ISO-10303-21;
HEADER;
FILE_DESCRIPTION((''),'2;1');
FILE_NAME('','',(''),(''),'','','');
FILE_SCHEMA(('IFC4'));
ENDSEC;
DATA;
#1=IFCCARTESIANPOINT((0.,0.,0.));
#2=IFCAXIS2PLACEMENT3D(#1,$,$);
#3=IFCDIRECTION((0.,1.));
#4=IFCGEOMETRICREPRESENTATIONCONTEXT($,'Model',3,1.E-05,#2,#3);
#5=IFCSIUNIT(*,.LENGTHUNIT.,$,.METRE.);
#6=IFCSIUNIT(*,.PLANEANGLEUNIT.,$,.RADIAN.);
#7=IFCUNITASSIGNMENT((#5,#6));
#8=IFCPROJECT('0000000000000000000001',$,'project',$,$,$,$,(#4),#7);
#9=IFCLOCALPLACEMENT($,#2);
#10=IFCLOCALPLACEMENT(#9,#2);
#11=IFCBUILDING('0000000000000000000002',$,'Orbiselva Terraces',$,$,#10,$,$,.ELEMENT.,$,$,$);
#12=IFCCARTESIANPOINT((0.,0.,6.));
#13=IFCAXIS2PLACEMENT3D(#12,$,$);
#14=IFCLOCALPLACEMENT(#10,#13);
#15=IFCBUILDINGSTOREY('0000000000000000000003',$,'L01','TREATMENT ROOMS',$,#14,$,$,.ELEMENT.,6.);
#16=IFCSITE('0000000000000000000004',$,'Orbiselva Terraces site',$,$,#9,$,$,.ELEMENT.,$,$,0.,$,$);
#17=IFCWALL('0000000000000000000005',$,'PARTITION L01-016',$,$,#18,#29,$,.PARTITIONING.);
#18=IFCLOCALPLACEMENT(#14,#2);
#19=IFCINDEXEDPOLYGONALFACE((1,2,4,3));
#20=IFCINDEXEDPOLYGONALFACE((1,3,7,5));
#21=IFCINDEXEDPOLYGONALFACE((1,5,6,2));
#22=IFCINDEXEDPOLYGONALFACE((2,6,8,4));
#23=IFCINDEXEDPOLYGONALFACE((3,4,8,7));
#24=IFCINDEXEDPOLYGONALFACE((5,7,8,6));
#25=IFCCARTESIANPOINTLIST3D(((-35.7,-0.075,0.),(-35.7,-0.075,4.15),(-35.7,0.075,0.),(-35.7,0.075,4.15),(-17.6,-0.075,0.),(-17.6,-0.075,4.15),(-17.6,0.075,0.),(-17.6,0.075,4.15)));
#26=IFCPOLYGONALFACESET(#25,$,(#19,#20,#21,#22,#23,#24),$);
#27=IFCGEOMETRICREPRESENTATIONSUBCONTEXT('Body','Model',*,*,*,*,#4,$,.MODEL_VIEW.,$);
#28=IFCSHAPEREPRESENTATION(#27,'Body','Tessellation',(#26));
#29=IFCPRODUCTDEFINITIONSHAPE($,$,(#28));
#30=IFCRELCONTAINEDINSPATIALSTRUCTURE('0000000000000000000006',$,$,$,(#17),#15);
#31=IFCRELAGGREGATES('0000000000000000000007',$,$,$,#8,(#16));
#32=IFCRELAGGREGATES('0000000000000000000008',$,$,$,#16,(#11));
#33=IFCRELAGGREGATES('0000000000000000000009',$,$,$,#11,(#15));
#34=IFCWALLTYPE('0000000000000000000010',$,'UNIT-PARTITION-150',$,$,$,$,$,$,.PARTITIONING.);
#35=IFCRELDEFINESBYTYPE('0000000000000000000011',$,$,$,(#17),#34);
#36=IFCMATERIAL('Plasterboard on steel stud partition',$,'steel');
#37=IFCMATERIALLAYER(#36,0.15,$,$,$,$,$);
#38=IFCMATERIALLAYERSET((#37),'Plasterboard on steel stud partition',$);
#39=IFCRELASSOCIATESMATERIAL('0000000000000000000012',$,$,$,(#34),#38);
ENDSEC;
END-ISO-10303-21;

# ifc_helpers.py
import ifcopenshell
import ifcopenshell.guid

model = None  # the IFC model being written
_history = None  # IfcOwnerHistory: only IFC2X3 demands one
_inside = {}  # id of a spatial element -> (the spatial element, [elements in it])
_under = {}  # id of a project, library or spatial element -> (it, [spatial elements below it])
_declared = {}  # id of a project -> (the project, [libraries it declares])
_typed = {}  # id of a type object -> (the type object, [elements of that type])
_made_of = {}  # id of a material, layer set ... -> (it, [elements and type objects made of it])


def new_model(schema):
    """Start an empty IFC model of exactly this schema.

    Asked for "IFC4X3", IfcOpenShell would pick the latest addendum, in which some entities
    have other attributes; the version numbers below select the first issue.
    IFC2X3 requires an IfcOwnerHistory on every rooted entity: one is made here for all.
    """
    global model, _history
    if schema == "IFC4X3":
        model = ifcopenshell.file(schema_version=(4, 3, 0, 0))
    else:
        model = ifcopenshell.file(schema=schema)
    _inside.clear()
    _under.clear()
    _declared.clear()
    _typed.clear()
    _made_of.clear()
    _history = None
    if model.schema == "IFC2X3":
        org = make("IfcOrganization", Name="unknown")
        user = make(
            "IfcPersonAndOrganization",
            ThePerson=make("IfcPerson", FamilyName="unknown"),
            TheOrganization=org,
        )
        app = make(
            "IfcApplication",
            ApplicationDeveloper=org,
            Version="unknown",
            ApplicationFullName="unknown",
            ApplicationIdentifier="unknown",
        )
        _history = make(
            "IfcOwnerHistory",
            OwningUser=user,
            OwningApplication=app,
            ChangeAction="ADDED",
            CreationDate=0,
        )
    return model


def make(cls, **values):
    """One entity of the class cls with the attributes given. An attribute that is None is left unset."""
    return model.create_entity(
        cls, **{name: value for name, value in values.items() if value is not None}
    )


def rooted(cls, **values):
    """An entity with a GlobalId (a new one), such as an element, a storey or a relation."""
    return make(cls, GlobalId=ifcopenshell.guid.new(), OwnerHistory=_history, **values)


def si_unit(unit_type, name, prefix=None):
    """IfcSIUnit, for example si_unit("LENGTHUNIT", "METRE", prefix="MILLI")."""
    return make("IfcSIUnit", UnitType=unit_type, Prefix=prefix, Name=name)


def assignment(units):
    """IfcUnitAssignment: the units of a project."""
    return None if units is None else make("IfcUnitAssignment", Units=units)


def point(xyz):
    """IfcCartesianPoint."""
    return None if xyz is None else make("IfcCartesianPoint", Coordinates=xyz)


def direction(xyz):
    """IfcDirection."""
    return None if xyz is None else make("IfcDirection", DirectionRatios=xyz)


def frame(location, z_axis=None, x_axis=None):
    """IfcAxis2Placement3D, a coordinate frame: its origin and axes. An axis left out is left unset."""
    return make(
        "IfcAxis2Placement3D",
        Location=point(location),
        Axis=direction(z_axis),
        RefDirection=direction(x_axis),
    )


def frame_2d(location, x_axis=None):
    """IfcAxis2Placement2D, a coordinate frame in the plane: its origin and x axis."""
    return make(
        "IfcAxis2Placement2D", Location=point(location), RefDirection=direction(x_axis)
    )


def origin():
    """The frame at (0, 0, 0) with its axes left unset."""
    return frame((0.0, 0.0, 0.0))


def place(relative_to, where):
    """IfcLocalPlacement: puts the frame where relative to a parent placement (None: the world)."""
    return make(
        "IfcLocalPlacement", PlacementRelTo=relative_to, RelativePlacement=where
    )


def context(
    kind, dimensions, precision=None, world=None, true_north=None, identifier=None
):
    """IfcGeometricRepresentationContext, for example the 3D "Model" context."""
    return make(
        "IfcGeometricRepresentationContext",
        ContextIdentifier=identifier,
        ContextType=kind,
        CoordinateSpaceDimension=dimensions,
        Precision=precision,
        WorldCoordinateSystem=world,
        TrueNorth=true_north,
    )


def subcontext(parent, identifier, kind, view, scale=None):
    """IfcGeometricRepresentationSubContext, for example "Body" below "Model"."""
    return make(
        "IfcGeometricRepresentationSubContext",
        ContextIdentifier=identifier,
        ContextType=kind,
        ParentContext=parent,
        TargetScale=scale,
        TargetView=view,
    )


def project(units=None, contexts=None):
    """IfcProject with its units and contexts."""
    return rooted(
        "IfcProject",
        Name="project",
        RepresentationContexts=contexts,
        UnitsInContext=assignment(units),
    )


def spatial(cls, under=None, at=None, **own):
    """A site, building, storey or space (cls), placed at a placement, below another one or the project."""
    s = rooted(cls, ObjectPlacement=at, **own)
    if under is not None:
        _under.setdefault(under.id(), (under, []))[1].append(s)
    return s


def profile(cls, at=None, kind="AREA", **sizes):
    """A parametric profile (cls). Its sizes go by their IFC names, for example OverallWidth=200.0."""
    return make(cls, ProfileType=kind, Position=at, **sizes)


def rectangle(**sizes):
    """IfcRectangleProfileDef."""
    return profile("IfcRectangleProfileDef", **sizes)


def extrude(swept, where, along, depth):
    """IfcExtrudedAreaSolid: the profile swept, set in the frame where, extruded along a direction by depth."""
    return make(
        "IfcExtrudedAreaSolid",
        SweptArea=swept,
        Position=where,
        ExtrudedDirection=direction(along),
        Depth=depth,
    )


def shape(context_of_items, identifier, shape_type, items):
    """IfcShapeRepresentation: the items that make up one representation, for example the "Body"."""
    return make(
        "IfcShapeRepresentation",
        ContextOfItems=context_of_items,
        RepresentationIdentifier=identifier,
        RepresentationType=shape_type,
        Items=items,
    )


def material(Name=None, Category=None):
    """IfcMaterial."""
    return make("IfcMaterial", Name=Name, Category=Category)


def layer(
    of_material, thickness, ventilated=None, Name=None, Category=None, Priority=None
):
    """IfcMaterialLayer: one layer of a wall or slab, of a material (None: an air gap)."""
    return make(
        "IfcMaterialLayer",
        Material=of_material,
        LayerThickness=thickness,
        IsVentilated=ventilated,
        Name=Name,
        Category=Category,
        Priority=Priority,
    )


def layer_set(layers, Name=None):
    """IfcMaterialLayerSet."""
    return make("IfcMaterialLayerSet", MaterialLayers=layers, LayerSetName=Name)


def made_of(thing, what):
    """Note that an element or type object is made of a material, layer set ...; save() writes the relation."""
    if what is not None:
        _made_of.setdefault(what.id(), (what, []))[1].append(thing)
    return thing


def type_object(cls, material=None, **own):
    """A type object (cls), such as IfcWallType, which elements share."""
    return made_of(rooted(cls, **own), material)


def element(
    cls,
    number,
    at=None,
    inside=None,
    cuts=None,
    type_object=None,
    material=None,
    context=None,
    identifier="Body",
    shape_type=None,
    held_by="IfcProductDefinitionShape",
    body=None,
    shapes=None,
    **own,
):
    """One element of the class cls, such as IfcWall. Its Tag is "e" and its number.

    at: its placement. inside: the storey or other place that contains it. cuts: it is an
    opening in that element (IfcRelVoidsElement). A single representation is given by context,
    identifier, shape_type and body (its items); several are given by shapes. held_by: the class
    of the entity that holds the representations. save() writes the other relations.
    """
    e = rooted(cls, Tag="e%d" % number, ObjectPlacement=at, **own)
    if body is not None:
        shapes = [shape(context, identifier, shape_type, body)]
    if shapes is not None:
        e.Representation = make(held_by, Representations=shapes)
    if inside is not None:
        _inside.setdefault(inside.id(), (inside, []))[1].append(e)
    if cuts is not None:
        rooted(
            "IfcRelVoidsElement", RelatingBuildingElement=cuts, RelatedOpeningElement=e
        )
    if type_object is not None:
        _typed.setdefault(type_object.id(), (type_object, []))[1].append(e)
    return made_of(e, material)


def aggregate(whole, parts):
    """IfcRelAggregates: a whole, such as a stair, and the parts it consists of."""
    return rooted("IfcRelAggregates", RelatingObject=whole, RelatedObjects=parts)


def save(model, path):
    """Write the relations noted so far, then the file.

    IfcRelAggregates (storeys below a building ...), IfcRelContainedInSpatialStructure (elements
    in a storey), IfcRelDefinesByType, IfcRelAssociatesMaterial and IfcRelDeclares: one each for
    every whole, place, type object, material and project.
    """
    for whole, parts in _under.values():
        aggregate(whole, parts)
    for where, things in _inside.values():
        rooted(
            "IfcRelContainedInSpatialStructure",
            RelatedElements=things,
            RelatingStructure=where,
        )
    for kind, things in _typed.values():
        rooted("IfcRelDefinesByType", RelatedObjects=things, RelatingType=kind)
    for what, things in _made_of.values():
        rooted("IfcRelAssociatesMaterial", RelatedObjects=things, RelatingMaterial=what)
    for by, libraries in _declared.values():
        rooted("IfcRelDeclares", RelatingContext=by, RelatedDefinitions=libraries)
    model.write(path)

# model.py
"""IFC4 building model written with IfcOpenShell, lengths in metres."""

from ifc_helpers import new_model, si_unit, direction, frame, frame_2d, origin, place, context, subcontext, project, spatial, rectangle, extrude, material, layer, layer_set, type_object, element, save


model = new_model("IFC4")

# Units and contexts
model_context = context("Model", 3, precision=1e-05, world=origin(), true_north=direction((0.0, 1.0)))
body_context = subcontext(model_context, "Body", "Model", "MODEL_VIEW")
ifc_project = project(units=[si_unit("LENGTHUNIT", "METRE"), si_unit("PLANEANGLEUNIT", "RADIAN")], contexts=[model_context])

# Site, building, storey
site_placement = place(None, origin())
site = spatial("IfcSite", under=ifc_project, at=site_placement, Name="Orbiselva Terraces site", CompositionType="ELEMENT", RefElevation=0.0)
building_placement = place(site_placement, origin())
building = spatial("IfcBuilding", under=site, at=building_placement, Name="Orbiselva Terraces", CompositionType="ELEMENT")
storey_placement = place(building_placement, frame((0.0, 0.0, 6.0)))
storey = spatial("IfcBuildingStorey", under=building, at=storey_placement, Name="L01", Description="TREATMENT ROOMS", CompositionType="ELEMENT", Elevation=6.0)

# Wall
ifc_material_1 = material(Name="Plasterboard on steel stud partition", Category="steel")
ifc_layer_1 = layer(ifc_material_1, 0.15)
ifc_layer_set_1 = layer_set([ifc_layer_1], Name="Plasterboard on steel stud partition")
wall_type = type_object("IfcWallType", Name="UNIT-PARTITION-150", PredefinedType="PARTITIONING", material=ifc_layer_set_1)
wall_placement = place(storey_placement, frame((-35.7, 0.0, 0.0), z_axis=(0.0, 0.0, 1.0), x_axis=(1.0, 0.0, 0.0)))
element("IfcWall", 1, at=wall_placement, inside=storey, type_object=wall_type, Name="PARTITION L01-016", PredefinedType="PARTITIONING", context=body_context, shape_type="SweptSolid", body=[
    extrude(rectangle(XDim=18.1, YDim=0.15, at=frame_2d((9.05, 0.0))), origin(), (0.0, 0.0, 1.0), 4.15),
])

save(model, "model.ifc")
